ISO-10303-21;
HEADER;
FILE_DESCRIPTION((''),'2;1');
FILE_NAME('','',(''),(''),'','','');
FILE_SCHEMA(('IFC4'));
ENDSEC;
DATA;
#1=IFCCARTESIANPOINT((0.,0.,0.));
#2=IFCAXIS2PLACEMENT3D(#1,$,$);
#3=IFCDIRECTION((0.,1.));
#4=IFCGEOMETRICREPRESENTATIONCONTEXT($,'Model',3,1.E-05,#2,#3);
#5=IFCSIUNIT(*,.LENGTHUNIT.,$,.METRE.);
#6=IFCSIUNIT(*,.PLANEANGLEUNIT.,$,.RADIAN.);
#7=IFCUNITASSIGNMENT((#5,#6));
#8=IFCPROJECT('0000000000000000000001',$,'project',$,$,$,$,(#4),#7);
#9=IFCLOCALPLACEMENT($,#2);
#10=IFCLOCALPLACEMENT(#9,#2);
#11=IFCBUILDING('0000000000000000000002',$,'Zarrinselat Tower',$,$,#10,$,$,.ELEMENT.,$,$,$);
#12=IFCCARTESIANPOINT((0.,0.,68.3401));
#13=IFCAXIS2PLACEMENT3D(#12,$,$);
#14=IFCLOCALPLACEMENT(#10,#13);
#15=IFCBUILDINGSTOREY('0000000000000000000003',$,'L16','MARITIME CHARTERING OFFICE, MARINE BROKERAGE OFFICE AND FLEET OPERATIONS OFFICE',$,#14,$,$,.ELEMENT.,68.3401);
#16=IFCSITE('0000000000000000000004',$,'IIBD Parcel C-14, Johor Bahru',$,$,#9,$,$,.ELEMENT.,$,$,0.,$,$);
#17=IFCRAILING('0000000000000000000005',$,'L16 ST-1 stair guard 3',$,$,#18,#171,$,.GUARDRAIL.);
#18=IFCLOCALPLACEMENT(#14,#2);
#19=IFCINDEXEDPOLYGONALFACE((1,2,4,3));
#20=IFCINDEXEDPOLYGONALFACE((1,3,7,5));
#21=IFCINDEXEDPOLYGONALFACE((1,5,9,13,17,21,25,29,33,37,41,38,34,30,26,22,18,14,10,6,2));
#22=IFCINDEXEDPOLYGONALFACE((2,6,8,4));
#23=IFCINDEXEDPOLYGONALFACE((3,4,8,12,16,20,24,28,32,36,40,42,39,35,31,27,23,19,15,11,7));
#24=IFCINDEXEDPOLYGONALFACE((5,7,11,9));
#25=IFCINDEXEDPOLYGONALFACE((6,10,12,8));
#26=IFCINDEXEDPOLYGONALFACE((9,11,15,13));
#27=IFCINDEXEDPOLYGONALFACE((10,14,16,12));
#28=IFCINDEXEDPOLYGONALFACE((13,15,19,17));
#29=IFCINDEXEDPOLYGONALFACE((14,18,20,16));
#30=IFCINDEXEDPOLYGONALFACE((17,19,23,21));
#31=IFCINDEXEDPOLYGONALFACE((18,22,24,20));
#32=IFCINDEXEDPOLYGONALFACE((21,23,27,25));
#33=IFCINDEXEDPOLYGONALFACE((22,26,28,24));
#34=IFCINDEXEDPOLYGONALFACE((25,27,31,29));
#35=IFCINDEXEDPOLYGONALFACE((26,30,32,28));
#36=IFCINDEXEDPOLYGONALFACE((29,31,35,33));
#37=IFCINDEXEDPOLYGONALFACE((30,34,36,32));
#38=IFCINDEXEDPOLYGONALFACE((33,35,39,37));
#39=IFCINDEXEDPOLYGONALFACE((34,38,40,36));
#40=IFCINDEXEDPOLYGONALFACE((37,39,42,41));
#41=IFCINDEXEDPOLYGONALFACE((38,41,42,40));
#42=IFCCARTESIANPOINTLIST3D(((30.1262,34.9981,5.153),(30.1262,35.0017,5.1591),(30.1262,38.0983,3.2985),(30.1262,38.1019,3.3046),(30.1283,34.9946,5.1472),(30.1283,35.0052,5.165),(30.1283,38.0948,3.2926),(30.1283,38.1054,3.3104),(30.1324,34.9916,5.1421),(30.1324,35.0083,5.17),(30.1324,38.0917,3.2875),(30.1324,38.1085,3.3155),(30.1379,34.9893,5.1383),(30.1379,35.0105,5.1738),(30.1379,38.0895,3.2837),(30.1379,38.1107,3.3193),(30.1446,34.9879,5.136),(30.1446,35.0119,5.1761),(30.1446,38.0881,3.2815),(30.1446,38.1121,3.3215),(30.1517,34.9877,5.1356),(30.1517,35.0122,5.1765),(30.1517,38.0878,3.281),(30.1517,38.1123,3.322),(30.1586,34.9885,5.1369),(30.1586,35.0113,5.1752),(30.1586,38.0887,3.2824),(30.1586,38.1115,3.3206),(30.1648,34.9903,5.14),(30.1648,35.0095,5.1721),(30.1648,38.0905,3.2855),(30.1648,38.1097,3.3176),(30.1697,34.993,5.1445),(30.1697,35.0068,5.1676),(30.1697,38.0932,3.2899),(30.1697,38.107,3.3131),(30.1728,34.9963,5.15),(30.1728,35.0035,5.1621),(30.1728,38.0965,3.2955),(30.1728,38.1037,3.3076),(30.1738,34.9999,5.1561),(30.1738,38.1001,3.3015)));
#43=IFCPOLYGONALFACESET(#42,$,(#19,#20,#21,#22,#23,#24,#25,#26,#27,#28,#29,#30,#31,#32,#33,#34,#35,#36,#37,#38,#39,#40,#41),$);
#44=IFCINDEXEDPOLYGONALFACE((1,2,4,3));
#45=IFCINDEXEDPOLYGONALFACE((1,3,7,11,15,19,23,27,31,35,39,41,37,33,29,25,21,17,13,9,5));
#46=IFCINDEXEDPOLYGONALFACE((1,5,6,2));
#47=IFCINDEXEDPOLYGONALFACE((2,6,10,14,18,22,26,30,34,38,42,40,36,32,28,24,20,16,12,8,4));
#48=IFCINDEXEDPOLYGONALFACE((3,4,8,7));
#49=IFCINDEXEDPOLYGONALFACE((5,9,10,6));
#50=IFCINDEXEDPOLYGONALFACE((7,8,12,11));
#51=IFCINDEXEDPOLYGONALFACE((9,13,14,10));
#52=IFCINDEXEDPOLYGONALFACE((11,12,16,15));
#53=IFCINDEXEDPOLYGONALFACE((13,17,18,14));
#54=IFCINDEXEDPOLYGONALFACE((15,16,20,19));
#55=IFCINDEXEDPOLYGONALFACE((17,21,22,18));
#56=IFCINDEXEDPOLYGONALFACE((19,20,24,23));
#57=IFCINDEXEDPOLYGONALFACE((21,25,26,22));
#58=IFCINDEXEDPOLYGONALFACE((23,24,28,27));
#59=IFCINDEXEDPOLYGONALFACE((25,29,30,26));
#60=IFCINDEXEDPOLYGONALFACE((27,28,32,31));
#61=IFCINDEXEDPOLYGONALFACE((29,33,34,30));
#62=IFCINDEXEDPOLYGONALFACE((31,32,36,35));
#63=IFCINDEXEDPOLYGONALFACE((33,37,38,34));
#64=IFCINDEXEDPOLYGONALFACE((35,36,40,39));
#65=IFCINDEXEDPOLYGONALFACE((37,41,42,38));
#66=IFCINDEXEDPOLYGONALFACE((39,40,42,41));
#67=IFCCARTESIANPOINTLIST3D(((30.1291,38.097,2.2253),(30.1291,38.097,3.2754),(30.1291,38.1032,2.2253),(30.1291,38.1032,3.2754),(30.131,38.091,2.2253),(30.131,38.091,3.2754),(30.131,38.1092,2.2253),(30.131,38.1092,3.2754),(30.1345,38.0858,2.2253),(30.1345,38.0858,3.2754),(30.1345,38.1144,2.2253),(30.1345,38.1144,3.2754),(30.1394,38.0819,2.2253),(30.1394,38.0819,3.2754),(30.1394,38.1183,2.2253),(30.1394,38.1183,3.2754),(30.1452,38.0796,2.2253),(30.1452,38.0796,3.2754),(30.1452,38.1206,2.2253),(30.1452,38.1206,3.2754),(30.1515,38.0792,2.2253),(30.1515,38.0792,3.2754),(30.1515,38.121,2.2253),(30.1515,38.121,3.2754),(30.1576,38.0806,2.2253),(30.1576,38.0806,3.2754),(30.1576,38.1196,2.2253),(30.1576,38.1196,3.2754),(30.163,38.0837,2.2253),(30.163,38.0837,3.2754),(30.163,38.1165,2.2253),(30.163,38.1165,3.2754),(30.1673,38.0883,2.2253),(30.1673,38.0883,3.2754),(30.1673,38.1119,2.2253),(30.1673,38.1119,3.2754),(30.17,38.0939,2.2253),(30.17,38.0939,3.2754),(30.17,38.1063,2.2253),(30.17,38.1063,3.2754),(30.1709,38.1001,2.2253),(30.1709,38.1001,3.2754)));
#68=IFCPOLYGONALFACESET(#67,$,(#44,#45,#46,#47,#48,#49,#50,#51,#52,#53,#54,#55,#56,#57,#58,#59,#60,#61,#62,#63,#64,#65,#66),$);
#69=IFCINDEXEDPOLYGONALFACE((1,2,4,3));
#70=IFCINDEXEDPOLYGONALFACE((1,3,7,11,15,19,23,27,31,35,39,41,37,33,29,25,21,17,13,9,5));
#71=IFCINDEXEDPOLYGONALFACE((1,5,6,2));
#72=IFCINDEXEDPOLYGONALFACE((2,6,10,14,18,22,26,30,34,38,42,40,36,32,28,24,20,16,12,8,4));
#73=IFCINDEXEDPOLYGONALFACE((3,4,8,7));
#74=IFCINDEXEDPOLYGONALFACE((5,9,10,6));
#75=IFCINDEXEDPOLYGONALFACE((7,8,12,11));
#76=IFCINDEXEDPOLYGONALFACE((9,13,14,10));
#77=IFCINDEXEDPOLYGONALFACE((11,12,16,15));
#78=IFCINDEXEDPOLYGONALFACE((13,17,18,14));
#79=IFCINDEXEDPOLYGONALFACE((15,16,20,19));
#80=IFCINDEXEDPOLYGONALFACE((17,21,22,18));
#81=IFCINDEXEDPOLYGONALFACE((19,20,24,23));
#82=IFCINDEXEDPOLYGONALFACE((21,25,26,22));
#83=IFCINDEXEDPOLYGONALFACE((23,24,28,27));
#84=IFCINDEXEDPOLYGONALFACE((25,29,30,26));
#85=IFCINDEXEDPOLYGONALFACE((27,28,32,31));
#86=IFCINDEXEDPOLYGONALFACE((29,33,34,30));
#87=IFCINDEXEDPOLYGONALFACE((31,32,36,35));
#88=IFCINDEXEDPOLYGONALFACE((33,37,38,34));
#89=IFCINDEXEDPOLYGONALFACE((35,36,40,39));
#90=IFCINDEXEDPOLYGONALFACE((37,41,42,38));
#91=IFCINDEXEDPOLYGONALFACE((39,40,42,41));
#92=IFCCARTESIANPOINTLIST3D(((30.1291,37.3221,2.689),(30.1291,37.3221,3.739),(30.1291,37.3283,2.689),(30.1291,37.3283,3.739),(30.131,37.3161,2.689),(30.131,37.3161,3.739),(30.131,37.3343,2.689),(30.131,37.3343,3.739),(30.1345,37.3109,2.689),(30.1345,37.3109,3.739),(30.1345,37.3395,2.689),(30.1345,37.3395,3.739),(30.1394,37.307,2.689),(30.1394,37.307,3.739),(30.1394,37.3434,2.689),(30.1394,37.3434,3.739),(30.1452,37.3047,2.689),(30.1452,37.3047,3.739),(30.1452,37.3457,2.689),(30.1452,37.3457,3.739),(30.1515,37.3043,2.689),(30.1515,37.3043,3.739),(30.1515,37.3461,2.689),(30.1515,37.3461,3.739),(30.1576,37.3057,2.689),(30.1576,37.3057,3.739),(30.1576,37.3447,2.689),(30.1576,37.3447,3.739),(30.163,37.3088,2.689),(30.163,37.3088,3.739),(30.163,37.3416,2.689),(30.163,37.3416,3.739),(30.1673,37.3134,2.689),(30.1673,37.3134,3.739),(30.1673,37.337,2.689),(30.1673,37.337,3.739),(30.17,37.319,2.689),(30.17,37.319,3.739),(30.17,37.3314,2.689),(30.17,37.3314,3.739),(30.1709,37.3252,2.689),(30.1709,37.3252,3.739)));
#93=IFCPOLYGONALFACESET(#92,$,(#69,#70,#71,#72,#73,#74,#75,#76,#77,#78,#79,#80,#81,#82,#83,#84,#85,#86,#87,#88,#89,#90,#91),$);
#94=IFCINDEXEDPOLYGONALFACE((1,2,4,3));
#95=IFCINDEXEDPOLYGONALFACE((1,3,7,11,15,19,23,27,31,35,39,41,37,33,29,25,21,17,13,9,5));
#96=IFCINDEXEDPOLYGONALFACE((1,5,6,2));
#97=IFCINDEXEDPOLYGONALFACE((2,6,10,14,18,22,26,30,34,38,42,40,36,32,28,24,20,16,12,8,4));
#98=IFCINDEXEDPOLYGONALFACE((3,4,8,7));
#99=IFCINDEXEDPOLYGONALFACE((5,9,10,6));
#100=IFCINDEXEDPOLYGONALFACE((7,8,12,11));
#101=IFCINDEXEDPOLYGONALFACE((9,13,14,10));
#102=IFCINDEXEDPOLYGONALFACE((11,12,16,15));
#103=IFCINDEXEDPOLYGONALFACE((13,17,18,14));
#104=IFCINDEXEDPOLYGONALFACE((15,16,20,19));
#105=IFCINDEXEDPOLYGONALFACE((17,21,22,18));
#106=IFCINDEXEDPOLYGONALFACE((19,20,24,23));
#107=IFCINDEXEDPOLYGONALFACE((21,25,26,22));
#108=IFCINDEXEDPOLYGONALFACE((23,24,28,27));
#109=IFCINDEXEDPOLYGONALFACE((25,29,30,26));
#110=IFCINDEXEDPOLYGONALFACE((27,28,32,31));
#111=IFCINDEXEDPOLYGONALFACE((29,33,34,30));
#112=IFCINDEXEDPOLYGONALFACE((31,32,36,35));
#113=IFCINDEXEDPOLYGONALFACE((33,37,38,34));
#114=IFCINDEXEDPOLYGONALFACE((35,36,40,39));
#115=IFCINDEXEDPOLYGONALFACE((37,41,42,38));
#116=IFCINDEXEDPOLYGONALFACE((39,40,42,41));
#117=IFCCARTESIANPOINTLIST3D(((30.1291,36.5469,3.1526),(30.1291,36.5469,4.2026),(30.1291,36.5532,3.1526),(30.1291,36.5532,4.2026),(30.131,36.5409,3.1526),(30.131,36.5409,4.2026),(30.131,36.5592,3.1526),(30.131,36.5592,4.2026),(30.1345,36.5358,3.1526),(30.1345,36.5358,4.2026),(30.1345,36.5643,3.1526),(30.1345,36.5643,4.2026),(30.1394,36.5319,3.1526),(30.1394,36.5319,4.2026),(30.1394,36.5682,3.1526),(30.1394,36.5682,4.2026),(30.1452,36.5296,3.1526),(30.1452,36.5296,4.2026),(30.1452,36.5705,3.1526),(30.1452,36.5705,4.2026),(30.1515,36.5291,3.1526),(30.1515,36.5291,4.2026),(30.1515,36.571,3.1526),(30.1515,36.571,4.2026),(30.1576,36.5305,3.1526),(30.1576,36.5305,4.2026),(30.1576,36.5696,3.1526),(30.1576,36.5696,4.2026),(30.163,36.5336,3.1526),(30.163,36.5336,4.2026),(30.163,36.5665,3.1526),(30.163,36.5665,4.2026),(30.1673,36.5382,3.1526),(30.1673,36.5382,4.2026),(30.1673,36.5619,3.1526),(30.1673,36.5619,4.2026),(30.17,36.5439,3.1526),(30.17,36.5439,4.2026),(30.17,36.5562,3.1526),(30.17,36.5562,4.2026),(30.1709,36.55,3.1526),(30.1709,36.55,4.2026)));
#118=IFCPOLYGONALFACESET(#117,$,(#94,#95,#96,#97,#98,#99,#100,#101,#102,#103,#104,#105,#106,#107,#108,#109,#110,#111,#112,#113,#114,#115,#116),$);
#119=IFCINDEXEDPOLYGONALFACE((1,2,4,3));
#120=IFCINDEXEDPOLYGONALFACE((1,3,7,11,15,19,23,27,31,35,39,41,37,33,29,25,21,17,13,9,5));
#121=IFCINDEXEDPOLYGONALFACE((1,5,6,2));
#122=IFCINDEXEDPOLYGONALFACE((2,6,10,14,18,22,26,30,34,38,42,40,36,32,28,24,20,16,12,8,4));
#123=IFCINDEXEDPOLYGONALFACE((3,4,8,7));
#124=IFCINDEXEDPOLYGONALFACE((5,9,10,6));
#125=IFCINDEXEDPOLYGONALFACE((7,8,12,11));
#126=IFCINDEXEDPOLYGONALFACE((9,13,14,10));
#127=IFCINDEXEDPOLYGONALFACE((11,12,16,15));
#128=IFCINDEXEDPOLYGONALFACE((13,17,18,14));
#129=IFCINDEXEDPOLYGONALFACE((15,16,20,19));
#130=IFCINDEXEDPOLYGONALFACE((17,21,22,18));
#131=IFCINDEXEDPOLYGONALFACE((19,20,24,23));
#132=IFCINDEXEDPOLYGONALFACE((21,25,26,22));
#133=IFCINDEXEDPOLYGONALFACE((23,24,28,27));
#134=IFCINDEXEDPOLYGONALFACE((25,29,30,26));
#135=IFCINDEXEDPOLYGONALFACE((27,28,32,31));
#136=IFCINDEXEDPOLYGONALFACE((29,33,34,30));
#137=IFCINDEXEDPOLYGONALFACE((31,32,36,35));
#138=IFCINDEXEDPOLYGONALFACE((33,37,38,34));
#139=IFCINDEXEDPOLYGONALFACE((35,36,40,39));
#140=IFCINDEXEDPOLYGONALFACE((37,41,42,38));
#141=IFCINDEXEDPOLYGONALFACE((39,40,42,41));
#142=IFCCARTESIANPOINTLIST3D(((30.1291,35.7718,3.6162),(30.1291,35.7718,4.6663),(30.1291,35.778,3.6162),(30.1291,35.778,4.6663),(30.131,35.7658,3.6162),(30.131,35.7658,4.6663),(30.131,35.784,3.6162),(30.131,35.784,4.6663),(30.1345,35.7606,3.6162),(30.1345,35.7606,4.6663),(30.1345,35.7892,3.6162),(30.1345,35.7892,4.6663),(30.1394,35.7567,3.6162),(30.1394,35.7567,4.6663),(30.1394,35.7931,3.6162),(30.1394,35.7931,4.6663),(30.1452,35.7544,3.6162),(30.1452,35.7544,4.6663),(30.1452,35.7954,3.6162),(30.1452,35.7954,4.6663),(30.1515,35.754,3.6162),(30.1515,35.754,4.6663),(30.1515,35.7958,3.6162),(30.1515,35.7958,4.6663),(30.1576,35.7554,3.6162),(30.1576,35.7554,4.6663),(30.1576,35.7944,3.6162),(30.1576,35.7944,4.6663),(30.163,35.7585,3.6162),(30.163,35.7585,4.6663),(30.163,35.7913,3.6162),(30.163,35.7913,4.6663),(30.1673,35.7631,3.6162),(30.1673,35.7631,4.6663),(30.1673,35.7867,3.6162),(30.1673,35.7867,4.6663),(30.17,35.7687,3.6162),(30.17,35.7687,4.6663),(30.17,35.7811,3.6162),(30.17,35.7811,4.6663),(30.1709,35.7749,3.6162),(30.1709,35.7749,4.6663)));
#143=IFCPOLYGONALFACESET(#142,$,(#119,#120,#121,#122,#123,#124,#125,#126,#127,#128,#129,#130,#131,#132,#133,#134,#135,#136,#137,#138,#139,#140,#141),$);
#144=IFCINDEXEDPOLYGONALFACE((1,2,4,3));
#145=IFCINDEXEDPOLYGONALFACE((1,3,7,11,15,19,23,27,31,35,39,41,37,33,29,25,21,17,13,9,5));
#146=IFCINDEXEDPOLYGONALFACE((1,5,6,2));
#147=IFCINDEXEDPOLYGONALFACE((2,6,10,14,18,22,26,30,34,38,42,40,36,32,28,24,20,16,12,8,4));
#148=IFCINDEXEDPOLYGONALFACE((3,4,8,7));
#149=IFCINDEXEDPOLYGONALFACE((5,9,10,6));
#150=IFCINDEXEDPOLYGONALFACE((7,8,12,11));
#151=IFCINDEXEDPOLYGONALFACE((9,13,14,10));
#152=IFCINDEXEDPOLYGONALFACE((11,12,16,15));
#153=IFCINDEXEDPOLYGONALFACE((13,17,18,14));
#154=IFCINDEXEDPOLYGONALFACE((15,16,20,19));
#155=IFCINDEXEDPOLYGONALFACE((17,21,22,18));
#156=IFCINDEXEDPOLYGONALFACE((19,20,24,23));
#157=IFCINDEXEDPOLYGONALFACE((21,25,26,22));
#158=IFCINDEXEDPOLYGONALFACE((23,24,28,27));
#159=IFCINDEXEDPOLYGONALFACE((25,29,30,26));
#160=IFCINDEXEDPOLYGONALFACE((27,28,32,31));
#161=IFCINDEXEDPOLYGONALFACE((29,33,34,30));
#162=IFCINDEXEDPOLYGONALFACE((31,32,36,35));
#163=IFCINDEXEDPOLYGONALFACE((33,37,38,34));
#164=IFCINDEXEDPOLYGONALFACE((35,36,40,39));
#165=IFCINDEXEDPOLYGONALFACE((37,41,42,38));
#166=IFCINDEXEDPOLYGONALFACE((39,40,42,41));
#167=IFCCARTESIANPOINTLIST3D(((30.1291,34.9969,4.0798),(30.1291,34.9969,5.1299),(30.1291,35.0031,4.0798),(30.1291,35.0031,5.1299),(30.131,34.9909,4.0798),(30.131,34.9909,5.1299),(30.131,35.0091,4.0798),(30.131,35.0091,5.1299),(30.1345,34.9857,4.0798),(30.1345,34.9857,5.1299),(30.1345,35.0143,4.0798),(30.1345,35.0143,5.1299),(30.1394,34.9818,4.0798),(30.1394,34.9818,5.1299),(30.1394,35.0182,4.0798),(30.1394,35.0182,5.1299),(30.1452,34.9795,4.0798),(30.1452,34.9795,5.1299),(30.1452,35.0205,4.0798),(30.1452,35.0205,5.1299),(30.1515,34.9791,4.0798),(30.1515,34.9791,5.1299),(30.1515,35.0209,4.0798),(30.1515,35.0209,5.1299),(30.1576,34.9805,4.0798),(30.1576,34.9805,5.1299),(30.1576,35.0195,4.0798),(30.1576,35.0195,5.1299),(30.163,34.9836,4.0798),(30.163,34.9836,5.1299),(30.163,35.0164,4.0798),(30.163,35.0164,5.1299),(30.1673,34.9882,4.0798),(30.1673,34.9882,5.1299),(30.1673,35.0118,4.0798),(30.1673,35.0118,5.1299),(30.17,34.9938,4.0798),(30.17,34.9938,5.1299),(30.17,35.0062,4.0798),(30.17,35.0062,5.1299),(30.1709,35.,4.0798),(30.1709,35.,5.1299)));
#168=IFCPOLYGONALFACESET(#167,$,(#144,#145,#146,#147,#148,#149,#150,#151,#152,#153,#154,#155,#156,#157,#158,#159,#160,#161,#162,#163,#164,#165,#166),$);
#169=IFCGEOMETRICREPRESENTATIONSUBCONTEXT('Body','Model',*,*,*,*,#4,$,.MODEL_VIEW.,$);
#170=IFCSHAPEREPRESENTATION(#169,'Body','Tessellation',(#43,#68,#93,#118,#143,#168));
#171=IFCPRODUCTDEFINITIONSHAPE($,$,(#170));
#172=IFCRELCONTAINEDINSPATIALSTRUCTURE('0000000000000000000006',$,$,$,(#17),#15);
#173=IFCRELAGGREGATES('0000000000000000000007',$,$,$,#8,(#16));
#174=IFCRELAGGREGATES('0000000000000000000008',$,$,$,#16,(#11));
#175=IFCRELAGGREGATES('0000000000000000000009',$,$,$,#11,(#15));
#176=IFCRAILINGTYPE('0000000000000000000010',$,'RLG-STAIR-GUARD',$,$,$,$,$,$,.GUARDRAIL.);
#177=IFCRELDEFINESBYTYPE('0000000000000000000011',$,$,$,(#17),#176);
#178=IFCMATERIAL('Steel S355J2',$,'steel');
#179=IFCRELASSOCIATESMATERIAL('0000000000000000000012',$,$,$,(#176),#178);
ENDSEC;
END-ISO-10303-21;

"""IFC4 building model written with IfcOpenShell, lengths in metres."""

from ifc_helpers import new_model, si_unit, direction, frame, origin, origin_2d, place, context, subcontext, project, spatial, circle, extrude, material, type_object, element, save


model = new_model("IFC4")

# Units and contexts
model_context = context("Model", 3, precision=1e-05, world=origin(), true_north=direction((0.0, 1.0)))
body_context = subcontext(model_context, "Body", "Model", "MODEL_VIEW")
ifc_project = project(units=[si_unit("LENGTHUNIT", "METRE"), si_unit("PLANEANGLEUNIT", "RADIAN")], contexts=[model_context])

# Site, building, storey
site_placement = place(None, origin())
site = spatial("IfcSite", under=ifc_project, at=site_placement, Name="IIBD Parcel C-14, Johor Bahru", CompositionType="ELEMENT", RefElevation=0.0)
building_placement = place(site_placement, origin())
building = spatial("IfcBuilding", under=site, at=building_placement, Name="Zarrinselat Tower", CompositionType="ELEMENT")
storey_placement = place(building_placement, frame((0.0, 0.0, 68.3401)))
storey = spatial("IfcBuildingStorey", under=building, at=storey_placement, Name="L16", Description="MARITIME CHARTERING OFFICE, MARINE BROKERAGE OFFICE AND FLEET OPERATIONS OFFICE", CompositionType="ELEMENT", Elevation=68.3401)

# Railing
ifc_material_1 = material(Name="Steel S355J2", Category="steel")
railing_type_1 = type_object("IfcRailingType", Name="RLG-STAIR-GUARD", PredefinedType="GUARDRAIL", material=ifc_material_1)
railing_1_placement = place(storey_placement, frame((30.1499, 38.1001, 2.2253)))
element("IfcRailing", 1, at=railing_1_placement, inside=storey, type_object=railing_type_1, Name="L16 ST-1 stair guard 3", PredefinedType="GUARDRAIL", context=body_context, shape_type="SweptSolid", body=[
    extrude(circle(Radius=0.0239, at=origin_2d()), frame((0.0, 0.0, 1.0762), z_axis=(0.0, -0.858172, 0.513362), x_axis=(1.0, 0.0, 0.0)), (0.0, 0.0, 1.0), 3.6125),
    extrude(circle(Radius=0.021, at=origin_2d()), origin(), (0.0, 0.0, 1.0), 1.05),
    extrude(circle(Radius=0.021, at=origin_2d()), frame((0.0, -0.7749, 0.4636)), (0.0, 0.0, 1.0), 1.05),
    extrude(circle(Radius=0.021, at=origin_2d()), frame((0.0, -1.55, 0.9272)), (0.0, 0.0, 1.0), 1.05),
    extrude(circle(Radius=0.021, at=origin_2d()), frame((0.0, -2.3252, 1.3909)), (0.0, 0.0, 1.0), 1.05),
    extrude(circle(Radius=0.021, at=origin_2d()), frame((0.0, -3.1001, 1.8545)), (0.0, 0.0, 1.0), 1.05),
])

save(model, "model.ifc")
